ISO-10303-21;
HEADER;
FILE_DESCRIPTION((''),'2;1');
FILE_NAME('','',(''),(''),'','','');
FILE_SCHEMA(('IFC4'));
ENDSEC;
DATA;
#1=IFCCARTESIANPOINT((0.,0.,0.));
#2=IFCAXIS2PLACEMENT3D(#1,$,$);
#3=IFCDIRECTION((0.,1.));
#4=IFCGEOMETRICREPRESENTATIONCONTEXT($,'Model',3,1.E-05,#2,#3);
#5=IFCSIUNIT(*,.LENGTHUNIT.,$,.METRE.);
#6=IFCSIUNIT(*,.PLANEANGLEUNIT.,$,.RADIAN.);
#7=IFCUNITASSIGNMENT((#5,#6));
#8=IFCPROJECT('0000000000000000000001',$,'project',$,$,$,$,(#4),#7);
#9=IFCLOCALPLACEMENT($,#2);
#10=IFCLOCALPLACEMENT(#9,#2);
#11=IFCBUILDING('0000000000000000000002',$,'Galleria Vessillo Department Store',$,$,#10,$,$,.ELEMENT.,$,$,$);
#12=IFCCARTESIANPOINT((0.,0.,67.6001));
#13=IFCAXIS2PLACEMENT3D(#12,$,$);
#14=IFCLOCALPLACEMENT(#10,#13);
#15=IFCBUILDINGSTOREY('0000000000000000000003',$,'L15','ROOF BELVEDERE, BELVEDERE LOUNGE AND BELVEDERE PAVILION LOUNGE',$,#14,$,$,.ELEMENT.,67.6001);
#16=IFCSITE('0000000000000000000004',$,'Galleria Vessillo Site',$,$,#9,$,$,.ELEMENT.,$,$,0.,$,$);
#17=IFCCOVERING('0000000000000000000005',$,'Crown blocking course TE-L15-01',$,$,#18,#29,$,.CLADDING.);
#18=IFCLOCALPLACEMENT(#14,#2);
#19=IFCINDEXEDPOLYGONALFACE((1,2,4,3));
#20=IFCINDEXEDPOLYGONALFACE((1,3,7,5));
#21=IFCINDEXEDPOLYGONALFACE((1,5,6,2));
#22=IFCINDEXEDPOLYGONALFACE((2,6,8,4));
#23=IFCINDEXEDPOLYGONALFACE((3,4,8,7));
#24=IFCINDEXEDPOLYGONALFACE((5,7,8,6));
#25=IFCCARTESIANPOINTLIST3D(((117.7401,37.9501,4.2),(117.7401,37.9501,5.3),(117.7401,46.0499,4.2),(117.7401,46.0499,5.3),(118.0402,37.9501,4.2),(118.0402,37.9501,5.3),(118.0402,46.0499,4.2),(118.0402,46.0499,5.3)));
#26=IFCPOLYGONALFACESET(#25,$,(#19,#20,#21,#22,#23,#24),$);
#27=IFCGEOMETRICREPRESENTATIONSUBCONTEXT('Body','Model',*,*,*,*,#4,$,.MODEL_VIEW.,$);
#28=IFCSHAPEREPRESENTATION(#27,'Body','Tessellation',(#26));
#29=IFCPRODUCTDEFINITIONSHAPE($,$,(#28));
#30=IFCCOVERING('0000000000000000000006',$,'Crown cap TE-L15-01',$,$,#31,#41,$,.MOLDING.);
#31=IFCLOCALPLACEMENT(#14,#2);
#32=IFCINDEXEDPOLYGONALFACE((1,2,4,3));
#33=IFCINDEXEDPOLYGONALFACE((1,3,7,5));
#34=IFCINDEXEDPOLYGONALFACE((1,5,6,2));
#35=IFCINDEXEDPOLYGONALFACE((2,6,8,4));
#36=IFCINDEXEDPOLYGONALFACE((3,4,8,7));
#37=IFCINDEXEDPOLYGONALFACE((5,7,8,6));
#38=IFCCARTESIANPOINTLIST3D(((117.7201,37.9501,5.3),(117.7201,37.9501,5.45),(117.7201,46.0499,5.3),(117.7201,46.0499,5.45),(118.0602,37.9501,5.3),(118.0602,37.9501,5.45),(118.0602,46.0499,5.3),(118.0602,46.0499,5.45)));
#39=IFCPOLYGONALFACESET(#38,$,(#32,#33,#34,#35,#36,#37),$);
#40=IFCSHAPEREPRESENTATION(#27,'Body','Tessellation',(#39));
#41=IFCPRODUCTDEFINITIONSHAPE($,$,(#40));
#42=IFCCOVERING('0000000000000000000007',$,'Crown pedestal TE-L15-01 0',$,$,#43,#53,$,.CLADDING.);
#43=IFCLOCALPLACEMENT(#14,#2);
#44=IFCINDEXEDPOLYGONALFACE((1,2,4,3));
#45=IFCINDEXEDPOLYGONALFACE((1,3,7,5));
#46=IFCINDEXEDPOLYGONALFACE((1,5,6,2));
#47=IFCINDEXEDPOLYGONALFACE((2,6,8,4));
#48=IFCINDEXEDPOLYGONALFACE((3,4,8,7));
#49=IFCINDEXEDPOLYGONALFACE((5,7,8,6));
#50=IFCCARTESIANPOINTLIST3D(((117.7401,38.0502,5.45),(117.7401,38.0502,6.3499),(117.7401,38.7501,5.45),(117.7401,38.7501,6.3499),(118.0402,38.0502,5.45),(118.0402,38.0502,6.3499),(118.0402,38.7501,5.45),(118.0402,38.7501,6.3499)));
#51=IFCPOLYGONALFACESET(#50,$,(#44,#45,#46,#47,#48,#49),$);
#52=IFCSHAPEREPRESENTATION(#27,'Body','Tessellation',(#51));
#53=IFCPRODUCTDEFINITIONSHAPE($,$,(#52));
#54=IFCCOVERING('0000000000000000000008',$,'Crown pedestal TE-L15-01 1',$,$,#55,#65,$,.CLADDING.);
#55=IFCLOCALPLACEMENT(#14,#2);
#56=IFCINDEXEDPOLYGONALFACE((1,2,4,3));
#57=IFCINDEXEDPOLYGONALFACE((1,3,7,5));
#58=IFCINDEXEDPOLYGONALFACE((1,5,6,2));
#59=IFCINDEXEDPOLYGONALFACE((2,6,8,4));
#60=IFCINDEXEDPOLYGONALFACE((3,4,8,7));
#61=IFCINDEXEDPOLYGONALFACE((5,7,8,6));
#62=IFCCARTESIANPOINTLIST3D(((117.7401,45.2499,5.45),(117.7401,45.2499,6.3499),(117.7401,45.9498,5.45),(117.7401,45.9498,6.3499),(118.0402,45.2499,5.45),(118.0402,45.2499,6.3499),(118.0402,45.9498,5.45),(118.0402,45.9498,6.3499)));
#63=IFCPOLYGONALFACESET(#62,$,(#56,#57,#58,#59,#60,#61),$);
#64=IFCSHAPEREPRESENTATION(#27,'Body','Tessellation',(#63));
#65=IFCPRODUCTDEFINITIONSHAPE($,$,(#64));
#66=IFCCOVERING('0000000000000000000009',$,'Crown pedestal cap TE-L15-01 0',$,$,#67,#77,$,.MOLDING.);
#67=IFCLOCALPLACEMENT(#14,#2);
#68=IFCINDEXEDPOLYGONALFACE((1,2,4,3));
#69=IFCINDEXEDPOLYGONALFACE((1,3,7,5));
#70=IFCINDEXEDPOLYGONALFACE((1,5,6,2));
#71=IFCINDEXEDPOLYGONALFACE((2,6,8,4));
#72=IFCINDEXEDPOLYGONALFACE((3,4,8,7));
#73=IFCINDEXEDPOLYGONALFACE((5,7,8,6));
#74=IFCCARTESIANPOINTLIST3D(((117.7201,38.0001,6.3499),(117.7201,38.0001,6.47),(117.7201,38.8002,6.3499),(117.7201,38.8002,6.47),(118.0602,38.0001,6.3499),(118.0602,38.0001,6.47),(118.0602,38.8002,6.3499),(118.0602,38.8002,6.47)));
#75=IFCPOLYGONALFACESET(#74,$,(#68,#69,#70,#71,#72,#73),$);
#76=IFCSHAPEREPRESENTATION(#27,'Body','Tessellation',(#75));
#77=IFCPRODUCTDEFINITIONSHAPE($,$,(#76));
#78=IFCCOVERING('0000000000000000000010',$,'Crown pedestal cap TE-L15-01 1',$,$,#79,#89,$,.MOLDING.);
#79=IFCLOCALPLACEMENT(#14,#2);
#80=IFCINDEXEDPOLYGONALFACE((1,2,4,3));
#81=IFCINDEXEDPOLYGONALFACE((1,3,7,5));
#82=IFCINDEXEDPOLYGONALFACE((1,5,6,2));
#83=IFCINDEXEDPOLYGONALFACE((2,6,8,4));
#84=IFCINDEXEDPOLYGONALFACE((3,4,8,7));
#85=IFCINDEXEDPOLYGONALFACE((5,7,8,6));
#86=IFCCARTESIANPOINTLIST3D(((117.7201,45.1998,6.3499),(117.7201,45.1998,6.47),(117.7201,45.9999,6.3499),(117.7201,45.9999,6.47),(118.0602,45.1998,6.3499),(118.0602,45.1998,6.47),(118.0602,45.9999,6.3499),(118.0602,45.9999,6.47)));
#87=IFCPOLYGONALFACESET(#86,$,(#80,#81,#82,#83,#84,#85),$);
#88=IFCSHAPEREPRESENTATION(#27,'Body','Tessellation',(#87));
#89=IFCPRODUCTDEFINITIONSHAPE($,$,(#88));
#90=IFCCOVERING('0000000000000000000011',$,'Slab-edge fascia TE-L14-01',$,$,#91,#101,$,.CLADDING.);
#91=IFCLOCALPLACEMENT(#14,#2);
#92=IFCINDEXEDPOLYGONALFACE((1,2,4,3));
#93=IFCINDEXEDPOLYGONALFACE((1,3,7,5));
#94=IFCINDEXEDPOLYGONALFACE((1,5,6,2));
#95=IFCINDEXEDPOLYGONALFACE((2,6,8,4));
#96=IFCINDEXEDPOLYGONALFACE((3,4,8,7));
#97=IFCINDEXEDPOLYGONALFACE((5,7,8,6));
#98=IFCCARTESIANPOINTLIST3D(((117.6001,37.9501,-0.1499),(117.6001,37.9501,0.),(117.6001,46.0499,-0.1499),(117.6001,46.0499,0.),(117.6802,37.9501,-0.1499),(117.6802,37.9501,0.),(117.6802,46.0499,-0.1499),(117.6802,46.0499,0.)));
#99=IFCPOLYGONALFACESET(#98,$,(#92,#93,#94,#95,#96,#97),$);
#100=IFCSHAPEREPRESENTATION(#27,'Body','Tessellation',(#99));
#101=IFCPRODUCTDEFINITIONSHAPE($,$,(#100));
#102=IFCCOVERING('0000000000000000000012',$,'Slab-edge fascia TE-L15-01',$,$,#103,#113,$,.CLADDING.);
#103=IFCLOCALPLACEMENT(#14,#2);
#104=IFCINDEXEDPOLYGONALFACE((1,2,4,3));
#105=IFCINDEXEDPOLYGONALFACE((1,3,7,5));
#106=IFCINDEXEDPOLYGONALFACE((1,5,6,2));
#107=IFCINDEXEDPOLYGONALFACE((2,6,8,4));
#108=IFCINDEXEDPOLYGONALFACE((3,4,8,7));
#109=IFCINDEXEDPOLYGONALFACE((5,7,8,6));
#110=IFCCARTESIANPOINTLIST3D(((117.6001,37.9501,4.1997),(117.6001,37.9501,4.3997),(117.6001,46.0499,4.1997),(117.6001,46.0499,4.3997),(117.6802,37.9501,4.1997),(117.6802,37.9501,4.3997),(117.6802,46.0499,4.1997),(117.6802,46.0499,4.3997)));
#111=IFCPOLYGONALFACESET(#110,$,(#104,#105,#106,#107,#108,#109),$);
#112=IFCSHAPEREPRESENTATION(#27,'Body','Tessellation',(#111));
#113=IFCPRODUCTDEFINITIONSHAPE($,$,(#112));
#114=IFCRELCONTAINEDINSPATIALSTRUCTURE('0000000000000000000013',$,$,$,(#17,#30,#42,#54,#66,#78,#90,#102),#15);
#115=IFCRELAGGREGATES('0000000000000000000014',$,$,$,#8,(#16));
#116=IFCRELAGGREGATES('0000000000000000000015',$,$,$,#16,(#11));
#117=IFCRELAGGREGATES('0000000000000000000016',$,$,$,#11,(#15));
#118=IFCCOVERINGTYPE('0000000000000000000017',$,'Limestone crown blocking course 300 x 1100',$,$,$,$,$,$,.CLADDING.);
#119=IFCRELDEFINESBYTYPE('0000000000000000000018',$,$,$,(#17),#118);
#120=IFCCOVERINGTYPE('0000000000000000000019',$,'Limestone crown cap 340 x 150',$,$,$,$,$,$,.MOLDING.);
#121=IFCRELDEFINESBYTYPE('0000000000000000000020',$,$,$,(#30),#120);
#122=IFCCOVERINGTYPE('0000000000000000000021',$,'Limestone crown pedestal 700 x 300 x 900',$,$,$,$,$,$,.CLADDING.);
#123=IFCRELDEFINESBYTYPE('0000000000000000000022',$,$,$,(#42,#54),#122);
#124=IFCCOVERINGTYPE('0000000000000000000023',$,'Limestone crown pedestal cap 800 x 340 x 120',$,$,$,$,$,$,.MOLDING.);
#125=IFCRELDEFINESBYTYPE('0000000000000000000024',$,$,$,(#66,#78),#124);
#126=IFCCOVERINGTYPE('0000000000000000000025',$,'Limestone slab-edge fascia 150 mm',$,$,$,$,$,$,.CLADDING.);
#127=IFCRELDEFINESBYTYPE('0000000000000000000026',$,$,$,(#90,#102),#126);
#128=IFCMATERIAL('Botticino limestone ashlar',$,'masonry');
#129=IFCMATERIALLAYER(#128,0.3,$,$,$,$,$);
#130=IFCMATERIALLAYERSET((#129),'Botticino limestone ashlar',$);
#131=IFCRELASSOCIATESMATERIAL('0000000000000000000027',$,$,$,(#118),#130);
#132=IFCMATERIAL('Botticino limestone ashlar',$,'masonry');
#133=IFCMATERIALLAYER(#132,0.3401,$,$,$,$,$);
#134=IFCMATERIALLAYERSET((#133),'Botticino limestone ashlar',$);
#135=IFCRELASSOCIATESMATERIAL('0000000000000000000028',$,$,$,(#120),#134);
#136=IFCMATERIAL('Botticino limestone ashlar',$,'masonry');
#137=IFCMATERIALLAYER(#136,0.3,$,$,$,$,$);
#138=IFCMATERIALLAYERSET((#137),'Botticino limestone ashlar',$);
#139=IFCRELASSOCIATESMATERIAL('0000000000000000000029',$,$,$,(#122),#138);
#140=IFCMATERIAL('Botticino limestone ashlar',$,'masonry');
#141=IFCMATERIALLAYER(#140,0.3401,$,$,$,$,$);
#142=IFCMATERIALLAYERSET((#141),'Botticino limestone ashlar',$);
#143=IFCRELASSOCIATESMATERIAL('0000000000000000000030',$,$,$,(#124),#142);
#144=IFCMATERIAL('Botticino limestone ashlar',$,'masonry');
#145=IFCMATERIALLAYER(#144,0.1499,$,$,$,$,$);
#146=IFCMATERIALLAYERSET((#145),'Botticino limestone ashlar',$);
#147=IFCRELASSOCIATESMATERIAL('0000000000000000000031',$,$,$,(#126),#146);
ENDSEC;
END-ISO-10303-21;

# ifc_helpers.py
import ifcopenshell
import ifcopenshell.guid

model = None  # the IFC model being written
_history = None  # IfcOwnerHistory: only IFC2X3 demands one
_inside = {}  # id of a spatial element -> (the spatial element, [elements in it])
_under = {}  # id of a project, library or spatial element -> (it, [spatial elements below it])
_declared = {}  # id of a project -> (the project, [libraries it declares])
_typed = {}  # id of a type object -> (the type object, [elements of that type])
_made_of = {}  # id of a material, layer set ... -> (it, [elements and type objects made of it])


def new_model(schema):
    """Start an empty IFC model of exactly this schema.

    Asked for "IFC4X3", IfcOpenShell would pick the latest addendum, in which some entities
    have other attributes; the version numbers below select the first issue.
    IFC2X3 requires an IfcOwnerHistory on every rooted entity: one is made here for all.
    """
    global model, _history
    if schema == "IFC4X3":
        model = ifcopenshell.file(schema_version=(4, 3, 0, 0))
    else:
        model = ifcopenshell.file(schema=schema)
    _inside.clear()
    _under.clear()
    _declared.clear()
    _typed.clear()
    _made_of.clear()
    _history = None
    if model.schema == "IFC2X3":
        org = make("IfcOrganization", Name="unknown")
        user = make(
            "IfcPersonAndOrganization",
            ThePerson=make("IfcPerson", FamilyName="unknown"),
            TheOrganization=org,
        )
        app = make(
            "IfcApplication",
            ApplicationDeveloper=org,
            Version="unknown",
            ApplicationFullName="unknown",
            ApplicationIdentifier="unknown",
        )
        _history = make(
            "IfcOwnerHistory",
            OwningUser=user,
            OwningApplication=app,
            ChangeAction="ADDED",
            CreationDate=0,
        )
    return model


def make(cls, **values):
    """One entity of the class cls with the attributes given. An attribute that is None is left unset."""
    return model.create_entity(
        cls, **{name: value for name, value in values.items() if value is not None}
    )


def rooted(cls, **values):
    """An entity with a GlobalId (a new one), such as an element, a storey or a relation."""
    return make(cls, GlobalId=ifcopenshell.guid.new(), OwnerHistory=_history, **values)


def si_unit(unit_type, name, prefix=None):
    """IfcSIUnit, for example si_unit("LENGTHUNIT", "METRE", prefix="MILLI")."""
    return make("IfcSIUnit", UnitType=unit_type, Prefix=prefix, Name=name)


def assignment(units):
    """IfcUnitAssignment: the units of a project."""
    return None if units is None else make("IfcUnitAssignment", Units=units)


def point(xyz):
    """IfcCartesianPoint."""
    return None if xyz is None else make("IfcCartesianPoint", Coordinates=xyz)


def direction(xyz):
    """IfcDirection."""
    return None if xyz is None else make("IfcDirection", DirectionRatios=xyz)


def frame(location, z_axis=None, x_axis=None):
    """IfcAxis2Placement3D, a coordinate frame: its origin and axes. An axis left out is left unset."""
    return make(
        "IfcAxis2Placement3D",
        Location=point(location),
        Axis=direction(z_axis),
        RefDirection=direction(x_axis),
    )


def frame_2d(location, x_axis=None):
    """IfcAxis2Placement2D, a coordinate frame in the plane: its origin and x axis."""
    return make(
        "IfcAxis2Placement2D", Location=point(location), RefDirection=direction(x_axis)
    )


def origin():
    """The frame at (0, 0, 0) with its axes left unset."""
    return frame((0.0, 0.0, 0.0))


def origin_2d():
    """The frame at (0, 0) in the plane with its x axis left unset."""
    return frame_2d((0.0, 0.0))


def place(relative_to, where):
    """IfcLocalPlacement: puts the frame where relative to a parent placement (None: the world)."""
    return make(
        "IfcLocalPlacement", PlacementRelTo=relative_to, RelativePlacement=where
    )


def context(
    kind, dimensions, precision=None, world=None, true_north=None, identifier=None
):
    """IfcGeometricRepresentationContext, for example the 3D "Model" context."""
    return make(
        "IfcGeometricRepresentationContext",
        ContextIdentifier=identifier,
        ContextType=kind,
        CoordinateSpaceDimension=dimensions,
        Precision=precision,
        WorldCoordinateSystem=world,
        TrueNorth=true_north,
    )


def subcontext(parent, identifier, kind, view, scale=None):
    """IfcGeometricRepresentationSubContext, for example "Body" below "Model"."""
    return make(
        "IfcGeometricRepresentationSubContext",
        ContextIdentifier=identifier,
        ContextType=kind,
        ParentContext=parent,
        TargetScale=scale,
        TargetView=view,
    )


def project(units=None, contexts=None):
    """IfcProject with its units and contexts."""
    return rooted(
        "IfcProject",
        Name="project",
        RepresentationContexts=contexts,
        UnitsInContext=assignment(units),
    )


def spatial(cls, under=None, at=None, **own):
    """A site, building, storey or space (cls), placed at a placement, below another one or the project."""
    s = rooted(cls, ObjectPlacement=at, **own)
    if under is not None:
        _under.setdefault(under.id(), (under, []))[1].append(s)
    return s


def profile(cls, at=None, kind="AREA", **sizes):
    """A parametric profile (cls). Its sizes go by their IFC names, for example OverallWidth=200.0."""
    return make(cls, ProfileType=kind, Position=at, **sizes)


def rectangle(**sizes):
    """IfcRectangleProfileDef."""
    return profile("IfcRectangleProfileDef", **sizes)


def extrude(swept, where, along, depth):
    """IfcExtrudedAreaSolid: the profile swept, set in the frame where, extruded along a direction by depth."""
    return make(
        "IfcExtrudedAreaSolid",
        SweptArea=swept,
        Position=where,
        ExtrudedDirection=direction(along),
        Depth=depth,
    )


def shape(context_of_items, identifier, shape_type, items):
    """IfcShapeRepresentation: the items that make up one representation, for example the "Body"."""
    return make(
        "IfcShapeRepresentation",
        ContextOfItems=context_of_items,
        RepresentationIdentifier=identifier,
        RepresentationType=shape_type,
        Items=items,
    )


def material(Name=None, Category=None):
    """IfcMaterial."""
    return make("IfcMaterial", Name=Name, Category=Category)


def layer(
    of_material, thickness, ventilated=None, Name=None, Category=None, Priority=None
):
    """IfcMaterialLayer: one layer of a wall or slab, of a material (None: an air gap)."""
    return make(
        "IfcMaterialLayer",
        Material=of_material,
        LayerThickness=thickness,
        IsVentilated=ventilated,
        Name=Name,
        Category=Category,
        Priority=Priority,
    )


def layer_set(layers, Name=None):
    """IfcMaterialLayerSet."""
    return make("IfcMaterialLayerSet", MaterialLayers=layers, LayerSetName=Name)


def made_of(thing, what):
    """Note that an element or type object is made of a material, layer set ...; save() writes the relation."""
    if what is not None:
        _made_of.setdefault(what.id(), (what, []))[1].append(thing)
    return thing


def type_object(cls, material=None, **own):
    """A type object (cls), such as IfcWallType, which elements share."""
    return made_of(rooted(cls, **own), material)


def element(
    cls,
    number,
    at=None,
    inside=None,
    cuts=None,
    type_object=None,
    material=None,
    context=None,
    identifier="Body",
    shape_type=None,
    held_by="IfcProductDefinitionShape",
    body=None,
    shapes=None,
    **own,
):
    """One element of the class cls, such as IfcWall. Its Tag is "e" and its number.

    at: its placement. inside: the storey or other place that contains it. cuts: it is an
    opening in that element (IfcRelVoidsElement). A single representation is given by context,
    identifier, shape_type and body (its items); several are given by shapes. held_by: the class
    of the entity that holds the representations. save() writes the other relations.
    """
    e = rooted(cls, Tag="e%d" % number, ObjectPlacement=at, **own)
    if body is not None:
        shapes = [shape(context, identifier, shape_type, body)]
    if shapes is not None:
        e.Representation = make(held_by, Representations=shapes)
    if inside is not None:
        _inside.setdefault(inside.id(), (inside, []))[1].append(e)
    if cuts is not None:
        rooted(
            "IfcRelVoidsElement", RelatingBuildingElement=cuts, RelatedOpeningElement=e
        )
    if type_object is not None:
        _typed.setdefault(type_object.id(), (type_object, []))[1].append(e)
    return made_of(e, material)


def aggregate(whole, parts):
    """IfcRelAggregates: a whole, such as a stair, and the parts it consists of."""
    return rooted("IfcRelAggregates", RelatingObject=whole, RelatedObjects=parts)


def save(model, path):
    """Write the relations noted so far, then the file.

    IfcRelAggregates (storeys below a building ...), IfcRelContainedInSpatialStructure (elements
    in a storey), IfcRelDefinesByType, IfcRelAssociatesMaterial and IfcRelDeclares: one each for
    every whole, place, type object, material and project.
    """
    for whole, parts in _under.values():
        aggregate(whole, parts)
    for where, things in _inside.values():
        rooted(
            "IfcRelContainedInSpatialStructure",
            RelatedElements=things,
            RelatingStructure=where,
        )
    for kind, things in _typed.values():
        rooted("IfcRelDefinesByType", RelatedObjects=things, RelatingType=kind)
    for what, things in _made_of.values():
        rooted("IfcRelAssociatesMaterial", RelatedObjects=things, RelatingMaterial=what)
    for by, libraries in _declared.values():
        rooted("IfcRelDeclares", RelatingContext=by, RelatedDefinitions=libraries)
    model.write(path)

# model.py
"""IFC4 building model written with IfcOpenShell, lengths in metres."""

from ifc_helpers import new_model, si_unit, direction, frame, origin, origin_2d, place, context, subcontext, project, spatial, rectangle, extrude, material, layer, layer_set, type_object, element, save


model = new_model("IFC4")

# Units and contexts
model_context = context("Model", 3, precision=1e-05, world=origin(), true_north=direction((0.0, 1.0)))
body_context = subcontext(model_context, "Body", "Model", "MODEL_VIEW")
ifc_project = project(units=[si_unit("LENGTHUNIT", "METRE"), si_unit("PLANEANGLEUNIT", "RADIAN")], contexts=[model_context])

# Site, building, storey
site_placement = place(None, origin())
site = spatial("IfcSite", under=ifc_project, at=site_placement, Name="Galleria Vessillo Site", CompositionType="ELEMENT", RefElevation=0.0)
building_placement = place(site_placement, origin())
building = spatial("IfcBuilding", under=site, at=building_placement, Name="Galleria Vessillo Department Store", CompositionType="ELEMENT")
storey_placement = place(building_placement, frame((0.0, 0.0, 67.6001)))
storey = spatial("IfcBuildingStorey", under=building, at=storey_placement, Name="L15", Description="ROOF BELVEDERE, BELVEDERE LOUNGE AND BELVEDERE PAVILION LOUNGE", CompositionType="ELEMENT", Elevation=67.6001)

# Coverings
ifc_material_1 = material(Name="Botticino limestone ashlar", Category="masonry")
ifc_layer_1 = layer(ifc_material_1, 0.3)
ifc_layer_set_1 = layer_set([ifc_layer_1], Name="Botticino limestone ashlar")
covering_type_1 = type_object("IfcCoveringType", Name="Limestone crown blocking course 300 x 1100", PredefinedType="CLADDING", material=ifc_layer_set_1)
covering_1_placement = place(storey_placement, frame((117.8901, 42.0, 4.2), z_axis=(0.0, 0.0, 1.0), x_axis=(1.0, 0.0, 0.0)))
element("IfcCovering", 1, at=covering_1_placement, inside=storey, type_object=covering_type_1, Name="Crown blocking course TE-L15-01", PredefinedType="CLADDING", context=body_context, shape_type="SweptSolid", body=[
    extrude(rectangle(XDim=0.3, YDim=8.0999, at=origin_2d()), origin(), (0.0, 0.0, 1.0), 1.1001),
])
ifc_material_2 = material(Name="Botticino limestone ashlar", Category="masonry")
ifc_layer_2 = layer(ifc_material_2, 0.3401)
ifc_layer_set_2 = layer_set([ifc_layer_2], Name="Botticino limestone ashlar")
covering_type_2 = type_object("IfcCoveringType", Name="Limestone crown cap 340 x 150", PredefinedType="MOLDING", material=ifc_layer_set_2)
covering_2_placement = place(storey_placement, frame((117.8901, 42.0, 5.3), z_axis=(0.0, 0.0, 1.0), x_axis=(1.0, 0.0, 0.0)))
element("IfcCovering", 2, at=covering_2_placement, inside=storey, type_object=covering_type_2, Name="Crown cap TE-L15-01", PredefinedType="MOLDING", context=body_context, shape_type="SweptSolid", body=[
    extrude(rectangle(XDim=0.3401, YDim=8.0999, at=origin_2d()), origin(), (0.0, 0.0, 1.0), 0.1499),
])
ifc_material_3 = material(Name="Botticino limestone ashlar", Category="masonry")
ifc_layer_3 = layer(ifc_material_3, 0.3)
ifc_layer_set_3 = layer_set([ifc_layer_3], Name="Botticino limestone ashlar")
covering_type_3 = type_object("IfcCoveringType", Name="Limestone crown pedestal 700 x 300 x 900", PredefinedType="CLADDING", material=ifc_layer_set_3)
for number, where, z_axis, x_axis, name in (
    (3, (117.8901, 38.4001, 5.45), (0.0, 0.0, 1.0), (1.0, 0.0, 0.0), "Crown pedestal TE-L15-01 0"),
    (4, (117.8901, 45.5999, 5.45), (0.0, 0.0, 1.0), (1.0, 0.0, 0.0), "Crown pedestal TE-L15-01 1"),
):
    element("IfcCovering", number, at=place(storey_placement, frame(where, z_axis=z_axis, x_axis=x_axis)), inside=storey, type_object=covering_type_3, Name=name, PredefinedType="CLADDING", context=body_context, shape_type="SweptSolid", body=[
        extrude(rectangle(XDim=0.3, YDim=0.7, at=origin_2d()), origin(), (0.0, 0.0, 1.0), 0.8999),
    ])
ifc_material_4 = material(Name="Botticino limestone ashlar", Category="masonry")
ifc_layer_4 = layer(ifc_material_4, 0.3401)
ifc_layer_set_4 = layer_set([ifc_layer_4], Name="Botticino limestone ashlar")
covering_type_4 = type_object("IfcCoveringType", Name="Limestone crown pedestal cap 800 x 340 x 120", PredefinedType="MOLDING", material=ifc_layer_set_4)
for number, where, z_axis, x_axis, name in (
    (5, (117.8901, 38.4001, 6.3499), (0.0, 0.0, 1.0), (1.0, 0.0, 0.0), "Crown pedestal cap TE-L15-01 0"),
    (6, (117.8901, 45.5999, 6.3499), (0.0, 0.0, 1.0), (1.0, 0.0, 0.0), "Crown pedestal cap TE-L15-01 1"),
):
    element("IfcCovering", number, at=place(storey_placement, frame(where, z_axis=z_axis, x_axis=x_axis)), inside=storey, type_object=covering_type_4, Name=name, PredefinedType="MOLDING", context=body_context, shape_type="SweptSolid", body=[
        extrude(rectangle(XDim=0.3401, YDim=0.8, at=origin_2d()), origin(), (0.0, 0.0, 1.0), 0.1201),
    ])
ifc_material_5 = material(Name="Botticino limestone ashlar", Category="masonry")
ifc_layer_5 = layer(ifc_material_5, 0.1499)
ifc_layer_set_5 = layer_set([ifc_layer_5], Name="Botticino limestone ashlar")
covering_type_5 = type_object("IfcCoveringType", Name="Limestone slab-edge fascia 150 mm", PredefinedType="CLADDING", material=ifc_layer_set_5)
covering_3_placement = place(storey_placement, frame((117.6401, 42.0, -0.1499), z_axis=(0.0, 0.0, 1.0), x_axis=(1.0, 0.0, 0.0)))
element("IfcCovering", 7, at=covering_3_placement, inside=storey, type_object=covering_type_5, Name="Slab-edge fascia TE-L14-01", PredefinedType="CLADDING", context=body_context, shape_type="SweptSolid", body=[
    extrude(rectangle(XDim=0.0801, YDim=8.0999, at=origin_2d()), origin(), (0.0, 0.0, 1.0), 0.1499),
])
covering_4_placement = place(storey_placement, frame((117.6401, 42.0, 4.1997), z_axis=(0.0, 0.0, 1.0), x_axis=(1.0, 0.0, 0.0)))
element("IfcCovering", 8, at=covering_4_placement, inside=storey, type_object=covering_type_5, Name="Slab-edge fascia TE-L15-01", PredefinedType="CLADDING", context=body_context, shape_type="SweptSolid", body=[
    extrude(rectangle(XDim=0.0801, YDim=8.0999, at=origin_2d()), origin(), (0.0, 0.0, 1.0), 0.2),
])

save(model, "model.ifc")
